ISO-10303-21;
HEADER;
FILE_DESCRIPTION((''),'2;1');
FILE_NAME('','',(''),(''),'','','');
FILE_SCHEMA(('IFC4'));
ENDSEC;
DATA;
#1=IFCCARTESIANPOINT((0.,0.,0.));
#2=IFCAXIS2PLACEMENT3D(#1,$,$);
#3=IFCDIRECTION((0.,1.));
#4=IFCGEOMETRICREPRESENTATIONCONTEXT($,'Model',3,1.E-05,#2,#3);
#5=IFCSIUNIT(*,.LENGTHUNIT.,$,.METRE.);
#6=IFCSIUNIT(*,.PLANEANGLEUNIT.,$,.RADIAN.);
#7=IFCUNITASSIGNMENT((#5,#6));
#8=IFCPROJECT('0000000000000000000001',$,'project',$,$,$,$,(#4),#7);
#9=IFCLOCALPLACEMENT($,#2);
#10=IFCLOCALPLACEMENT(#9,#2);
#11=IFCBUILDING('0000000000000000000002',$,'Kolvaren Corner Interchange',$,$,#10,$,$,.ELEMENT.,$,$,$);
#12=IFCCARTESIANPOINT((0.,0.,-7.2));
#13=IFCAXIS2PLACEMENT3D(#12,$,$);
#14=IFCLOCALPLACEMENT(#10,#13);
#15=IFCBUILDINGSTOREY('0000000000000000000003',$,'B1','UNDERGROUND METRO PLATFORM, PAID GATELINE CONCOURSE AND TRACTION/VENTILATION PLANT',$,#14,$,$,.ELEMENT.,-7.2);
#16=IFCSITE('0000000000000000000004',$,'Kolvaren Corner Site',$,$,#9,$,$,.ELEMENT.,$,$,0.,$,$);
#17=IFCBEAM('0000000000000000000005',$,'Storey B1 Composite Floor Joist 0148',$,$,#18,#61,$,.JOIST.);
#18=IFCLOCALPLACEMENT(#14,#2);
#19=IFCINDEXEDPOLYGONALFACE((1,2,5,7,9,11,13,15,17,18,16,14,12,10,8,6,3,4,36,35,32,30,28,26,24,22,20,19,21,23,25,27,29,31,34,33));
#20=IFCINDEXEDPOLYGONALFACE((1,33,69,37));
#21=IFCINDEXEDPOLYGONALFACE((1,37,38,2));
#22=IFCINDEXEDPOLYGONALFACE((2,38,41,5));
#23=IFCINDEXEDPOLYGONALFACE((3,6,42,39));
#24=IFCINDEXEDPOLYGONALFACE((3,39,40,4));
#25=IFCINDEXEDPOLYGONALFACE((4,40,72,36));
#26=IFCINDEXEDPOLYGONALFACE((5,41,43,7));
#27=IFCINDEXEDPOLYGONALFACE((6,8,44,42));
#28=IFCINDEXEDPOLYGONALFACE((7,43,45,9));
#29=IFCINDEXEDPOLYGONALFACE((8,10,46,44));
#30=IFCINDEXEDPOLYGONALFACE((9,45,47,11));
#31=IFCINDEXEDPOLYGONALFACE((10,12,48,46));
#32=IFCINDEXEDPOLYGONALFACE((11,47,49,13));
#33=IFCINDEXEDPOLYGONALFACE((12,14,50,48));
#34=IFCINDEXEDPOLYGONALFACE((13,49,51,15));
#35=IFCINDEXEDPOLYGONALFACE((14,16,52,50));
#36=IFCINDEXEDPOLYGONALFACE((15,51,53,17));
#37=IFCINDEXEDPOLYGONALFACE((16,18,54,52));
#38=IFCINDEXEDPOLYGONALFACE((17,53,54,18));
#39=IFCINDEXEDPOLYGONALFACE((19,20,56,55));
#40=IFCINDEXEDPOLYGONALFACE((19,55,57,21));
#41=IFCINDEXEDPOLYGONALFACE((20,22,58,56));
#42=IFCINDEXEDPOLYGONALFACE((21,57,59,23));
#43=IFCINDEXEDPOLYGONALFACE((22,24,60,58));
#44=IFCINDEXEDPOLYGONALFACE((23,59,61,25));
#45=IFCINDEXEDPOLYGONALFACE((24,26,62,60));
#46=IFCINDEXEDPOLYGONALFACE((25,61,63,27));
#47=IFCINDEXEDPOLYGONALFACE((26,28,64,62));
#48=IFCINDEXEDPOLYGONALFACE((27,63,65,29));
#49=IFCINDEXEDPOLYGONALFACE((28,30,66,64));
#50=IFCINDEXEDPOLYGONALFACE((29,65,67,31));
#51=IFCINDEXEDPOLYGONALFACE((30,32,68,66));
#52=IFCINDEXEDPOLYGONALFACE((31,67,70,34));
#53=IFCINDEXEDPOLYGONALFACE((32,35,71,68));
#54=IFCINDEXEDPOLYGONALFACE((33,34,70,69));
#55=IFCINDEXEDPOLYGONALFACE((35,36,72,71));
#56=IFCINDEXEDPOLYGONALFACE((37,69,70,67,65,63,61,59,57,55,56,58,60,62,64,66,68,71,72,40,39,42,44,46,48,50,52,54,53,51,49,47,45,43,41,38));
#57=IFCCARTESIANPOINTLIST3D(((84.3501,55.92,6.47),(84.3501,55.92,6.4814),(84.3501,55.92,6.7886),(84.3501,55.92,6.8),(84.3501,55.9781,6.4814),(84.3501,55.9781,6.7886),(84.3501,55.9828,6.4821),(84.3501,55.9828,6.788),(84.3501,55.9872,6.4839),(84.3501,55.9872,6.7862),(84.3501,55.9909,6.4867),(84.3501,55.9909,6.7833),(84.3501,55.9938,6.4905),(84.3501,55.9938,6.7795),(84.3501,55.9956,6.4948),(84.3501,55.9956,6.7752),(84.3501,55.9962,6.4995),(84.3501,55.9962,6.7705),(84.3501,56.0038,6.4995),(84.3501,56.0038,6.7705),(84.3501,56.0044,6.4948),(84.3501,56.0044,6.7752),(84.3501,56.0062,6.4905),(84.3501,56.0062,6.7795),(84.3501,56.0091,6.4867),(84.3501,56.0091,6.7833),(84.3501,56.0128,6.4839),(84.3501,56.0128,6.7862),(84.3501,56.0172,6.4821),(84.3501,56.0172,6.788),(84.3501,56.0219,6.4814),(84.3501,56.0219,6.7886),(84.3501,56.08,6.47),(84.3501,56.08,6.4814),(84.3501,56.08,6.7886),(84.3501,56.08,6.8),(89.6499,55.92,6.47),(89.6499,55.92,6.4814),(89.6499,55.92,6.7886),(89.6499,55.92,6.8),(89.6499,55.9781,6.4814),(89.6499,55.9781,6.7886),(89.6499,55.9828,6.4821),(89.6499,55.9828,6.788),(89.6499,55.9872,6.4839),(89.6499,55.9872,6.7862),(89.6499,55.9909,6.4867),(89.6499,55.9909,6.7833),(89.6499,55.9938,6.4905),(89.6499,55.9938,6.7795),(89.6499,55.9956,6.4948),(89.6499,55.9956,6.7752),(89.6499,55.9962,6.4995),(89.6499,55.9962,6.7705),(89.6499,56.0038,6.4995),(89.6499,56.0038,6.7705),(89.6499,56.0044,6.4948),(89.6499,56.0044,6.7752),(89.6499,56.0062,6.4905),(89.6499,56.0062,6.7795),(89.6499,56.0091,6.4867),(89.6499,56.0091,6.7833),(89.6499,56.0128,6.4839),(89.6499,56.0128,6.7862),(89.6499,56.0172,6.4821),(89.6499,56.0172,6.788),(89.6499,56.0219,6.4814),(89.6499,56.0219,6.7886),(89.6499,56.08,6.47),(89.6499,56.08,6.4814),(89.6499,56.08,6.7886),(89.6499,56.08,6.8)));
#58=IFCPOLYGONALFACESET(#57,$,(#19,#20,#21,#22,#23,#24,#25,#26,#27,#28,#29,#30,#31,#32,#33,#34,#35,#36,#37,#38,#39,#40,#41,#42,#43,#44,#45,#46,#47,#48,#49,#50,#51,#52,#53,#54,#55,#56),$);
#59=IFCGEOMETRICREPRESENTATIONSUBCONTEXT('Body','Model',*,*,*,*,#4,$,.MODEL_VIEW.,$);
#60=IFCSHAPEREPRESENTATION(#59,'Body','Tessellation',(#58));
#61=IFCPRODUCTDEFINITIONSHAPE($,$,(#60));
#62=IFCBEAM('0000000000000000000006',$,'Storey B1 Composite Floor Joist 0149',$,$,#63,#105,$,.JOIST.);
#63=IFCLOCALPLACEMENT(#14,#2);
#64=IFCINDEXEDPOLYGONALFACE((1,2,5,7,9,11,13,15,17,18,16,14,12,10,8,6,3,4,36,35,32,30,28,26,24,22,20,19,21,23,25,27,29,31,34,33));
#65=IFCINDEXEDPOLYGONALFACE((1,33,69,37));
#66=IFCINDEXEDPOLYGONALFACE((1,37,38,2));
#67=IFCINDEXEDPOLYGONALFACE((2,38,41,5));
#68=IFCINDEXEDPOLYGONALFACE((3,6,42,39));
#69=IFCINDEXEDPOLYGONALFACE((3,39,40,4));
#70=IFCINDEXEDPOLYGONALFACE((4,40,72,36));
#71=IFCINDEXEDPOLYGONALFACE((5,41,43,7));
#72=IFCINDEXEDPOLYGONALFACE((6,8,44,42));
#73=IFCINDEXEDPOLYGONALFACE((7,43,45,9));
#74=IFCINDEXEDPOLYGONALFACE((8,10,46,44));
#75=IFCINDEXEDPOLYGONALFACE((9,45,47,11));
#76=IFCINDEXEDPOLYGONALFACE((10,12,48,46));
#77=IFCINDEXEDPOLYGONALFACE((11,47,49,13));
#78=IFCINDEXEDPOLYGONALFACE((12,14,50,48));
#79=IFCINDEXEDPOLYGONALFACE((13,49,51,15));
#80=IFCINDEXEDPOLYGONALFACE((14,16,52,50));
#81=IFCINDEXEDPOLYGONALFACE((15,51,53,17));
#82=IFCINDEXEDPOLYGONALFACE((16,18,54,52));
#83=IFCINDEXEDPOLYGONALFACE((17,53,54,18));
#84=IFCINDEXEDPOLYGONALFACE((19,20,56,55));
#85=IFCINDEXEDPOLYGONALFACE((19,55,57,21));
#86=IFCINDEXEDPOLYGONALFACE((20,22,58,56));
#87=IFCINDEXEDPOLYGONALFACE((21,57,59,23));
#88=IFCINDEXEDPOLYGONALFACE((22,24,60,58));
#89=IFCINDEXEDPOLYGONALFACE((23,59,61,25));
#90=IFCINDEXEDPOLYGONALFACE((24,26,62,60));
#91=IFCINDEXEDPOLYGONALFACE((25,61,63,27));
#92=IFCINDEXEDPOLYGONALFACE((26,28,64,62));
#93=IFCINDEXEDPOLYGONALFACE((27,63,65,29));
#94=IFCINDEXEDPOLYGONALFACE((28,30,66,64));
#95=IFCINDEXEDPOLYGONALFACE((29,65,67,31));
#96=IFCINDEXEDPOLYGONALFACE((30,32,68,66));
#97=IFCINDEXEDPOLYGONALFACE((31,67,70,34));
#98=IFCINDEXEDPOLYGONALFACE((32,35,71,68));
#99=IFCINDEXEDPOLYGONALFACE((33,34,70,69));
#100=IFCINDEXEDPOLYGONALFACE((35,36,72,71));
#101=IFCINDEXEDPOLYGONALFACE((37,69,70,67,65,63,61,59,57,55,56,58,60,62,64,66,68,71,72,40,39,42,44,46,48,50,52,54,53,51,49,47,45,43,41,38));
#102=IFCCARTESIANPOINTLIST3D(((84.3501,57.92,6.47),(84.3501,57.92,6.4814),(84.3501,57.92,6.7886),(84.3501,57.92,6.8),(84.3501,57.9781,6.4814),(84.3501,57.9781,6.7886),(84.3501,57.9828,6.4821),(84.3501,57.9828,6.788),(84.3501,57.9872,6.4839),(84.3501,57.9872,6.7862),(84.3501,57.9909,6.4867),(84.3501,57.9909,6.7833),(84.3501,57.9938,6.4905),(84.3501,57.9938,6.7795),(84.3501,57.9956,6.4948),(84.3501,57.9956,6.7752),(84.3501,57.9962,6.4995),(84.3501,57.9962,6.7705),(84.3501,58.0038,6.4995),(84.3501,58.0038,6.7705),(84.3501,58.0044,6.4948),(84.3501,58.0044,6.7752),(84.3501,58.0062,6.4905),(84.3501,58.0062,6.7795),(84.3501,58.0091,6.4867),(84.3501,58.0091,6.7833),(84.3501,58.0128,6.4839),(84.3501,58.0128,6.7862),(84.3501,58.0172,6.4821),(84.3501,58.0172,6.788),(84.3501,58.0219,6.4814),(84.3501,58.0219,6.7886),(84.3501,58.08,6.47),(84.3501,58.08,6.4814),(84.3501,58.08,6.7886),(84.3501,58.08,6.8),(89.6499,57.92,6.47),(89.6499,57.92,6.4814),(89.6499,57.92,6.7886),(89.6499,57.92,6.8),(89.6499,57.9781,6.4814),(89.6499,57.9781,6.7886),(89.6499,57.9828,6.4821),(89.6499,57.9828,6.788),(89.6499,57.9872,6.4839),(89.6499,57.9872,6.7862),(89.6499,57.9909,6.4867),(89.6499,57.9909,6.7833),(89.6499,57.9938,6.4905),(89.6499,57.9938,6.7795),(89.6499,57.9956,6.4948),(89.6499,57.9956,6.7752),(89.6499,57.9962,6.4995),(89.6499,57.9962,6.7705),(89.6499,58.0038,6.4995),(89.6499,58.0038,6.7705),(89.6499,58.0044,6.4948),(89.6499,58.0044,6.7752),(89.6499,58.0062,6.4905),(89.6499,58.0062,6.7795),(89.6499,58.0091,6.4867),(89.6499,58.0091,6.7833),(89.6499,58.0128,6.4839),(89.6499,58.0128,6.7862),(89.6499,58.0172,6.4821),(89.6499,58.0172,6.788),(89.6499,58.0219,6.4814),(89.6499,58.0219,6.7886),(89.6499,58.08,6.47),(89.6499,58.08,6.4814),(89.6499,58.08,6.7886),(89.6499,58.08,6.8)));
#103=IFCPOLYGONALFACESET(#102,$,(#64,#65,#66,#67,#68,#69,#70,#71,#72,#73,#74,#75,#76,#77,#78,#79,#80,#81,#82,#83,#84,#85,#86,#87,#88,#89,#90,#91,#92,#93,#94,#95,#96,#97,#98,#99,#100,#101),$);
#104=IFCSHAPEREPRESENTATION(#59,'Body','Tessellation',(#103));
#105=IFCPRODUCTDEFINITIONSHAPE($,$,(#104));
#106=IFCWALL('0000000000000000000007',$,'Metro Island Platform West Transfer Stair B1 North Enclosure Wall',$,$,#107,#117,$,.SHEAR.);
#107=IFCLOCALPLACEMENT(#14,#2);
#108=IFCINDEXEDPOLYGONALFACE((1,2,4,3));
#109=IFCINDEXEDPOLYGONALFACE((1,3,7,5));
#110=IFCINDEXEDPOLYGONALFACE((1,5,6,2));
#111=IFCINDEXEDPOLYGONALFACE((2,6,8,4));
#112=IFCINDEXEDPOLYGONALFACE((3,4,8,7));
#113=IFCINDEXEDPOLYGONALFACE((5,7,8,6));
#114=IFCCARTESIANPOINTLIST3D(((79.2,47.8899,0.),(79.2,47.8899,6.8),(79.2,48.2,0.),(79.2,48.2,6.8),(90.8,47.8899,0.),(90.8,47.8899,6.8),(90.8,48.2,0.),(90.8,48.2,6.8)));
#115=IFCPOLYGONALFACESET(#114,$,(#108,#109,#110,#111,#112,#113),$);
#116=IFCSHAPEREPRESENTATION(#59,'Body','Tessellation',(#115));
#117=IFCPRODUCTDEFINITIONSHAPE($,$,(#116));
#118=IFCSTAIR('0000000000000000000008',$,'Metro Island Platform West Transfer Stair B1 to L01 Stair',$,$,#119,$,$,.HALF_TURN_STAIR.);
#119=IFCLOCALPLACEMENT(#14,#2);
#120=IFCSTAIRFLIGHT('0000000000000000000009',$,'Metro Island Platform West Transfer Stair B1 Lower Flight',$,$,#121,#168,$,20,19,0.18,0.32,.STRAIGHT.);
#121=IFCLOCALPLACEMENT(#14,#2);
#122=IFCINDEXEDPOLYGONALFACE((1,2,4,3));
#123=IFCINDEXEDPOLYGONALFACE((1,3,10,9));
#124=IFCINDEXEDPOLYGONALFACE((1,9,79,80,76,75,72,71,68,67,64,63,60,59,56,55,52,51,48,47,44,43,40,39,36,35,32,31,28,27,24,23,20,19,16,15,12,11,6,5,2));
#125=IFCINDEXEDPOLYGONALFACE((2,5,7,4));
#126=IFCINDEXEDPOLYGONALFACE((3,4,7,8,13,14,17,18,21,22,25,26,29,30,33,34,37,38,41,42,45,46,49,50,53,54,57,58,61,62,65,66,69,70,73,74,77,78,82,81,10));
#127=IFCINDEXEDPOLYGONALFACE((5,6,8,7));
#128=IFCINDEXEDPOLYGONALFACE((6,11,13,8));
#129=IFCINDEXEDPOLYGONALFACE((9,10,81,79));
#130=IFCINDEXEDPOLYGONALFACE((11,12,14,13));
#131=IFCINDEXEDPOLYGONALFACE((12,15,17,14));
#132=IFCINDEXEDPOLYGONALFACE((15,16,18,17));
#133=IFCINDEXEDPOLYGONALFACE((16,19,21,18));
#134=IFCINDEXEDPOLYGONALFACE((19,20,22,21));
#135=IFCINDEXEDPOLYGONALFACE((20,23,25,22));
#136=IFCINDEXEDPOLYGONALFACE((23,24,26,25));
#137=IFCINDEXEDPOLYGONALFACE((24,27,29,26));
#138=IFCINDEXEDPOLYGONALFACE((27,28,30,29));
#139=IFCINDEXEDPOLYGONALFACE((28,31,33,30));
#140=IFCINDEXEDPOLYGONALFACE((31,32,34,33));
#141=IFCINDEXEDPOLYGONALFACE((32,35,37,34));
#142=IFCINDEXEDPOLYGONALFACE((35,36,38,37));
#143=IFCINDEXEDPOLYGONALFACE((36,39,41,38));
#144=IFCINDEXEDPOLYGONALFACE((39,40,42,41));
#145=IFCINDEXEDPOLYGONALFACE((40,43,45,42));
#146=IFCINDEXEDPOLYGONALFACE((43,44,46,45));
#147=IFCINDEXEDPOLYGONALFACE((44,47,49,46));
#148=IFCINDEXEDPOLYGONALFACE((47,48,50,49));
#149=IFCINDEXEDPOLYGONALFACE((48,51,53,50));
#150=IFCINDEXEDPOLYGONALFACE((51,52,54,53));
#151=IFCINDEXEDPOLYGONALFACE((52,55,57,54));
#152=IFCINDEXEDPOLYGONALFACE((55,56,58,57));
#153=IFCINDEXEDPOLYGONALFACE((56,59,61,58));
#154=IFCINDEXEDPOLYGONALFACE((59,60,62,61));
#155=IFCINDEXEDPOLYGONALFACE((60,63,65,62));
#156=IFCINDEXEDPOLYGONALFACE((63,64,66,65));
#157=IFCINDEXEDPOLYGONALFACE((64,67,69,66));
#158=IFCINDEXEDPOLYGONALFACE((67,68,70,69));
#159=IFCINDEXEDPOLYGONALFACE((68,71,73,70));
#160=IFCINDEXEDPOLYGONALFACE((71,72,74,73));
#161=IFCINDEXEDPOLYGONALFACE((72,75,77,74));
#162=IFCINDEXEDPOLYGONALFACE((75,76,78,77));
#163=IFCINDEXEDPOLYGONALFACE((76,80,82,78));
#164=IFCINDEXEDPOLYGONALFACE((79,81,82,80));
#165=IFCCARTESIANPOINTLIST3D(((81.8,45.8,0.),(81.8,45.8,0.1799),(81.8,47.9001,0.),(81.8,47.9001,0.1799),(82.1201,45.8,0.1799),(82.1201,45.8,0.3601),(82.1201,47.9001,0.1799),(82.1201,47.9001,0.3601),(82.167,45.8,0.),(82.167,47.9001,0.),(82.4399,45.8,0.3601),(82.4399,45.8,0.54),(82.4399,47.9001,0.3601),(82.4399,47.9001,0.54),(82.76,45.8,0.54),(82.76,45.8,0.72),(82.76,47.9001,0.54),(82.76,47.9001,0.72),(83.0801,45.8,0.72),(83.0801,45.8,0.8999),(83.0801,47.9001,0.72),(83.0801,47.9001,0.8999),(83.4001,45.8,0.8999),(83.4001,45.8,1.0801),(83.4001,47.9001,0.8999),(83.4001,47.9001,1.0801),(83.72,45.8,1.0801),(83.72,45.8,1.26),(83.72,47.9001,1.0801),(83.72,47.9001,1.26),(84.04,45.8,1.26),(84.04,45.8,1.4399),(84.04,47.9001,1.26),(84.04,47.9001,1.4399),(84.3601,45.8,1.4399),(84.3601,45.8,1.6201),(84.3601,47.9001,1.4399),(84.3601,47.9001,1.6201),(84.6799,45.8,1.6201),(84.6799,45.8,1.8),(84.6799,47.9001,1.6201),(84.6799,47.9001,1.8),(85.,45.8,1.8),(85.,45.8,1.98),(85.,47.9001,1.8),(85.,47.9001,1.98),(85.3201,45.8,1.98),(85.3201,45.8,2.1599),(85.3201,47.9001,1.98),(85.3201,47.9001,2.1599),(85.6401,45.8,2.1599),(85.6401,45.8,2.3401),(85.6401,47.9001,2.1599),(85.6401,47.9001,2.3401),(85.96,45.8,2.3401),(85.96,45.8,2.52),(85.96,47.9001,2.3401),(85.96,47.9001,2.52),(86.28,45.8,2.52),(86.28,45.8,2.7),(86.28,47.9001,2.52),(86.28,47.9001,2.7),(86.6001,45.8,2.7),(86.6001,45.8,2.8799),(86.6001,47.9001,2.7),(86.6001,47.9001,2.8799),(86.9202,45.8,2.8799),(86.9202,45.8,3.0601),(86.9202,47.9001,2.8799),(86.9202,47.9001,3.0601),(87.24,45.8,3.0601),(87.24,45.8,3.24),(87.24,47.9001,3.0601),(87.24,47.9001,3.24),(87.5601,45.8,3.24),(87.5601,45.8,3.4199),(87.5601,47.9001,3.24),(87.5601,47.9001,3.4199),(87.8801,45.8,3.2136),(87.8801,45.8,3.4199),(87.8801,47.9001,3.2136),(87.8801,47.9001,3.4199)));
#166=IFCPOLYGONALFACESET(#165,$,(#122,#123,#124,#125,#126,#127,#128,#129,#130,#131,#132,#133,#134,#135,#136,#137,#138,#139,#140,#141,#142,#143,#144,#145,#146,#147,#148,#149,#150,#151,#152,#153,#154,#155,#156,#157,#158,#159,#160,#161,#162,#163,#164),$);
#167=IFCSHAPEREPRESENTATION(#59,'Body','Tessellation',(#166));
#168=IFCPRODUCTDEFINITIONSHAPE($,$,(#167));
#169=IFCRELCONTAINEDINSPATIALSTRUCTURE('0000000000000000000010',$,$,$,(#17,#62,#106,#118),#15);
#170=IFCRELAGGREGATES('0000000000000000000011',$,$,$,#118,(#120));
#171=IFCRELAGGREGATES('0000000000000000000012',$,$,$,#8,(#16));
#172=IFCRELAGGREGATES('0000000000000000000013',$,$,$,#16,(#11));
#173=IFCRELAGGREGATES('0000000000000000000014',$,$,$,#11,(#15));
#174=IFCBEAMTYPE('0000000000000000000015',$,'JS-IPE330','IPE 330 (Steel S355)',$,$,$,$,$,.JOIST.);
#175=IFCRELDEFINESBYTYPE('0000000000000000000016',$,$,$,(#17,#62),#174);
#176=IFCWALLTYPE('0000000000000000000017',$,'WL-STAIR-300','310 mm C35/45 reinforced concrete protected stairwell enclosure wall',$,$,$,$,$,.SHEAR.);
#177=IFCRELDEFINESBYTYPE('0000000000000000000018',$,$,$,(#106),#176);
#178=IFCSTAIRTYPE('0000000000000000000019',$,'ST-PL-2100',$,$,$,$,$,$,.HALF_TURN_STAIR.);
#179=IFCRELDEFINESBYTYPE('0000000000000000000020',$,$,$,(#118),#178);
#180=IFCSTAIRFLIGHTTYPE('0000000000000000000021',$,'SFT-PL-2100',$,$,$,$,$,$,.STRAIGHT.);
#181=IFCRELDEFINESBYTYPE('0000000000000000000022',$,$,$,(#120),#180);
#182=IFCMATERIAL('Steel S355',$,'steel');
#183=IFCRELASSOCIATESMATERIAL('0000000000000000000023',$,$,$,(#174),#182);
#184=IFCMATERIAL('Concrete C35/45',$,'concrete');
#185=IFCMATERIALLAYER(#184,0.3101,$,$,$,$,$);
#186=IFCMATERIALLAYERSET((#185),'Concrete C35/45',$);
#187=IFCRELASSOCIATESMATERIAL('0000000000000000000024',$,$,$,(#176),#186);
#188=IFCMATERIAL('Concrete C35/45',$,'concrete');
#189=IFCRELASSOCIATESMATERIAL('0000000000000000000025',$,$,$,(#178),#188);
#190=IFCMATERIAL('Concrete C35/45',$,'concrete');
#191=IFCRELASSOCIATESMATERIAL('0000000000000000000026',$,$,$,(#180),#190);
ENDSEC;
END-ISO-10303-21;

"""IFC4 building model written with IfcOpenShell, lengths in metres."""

from ifc_helpers import new_model, si_unit, direction, frame, frame_2d, origin, origin_2d, place, context, subcontext, project, spatial, polyline, rectangle, i_section, outline, extrude, material, layer, layer_set, material_profile, profile_set, type_object, element, aggregate, save


model = new_model("IFC4")

# Units and contexts
model_context = context("Model", 3, precision=1e-05, world=origin(), true_north=direction((0.0, 1.0)))
body_context = subcontext(model_context, "Body", "Model", "MODEL_VIEW")
ifc_project = project(units=[si_unit("LENGTHUNIT", "METRE"), si_unit("PLANEANGLEUNIT", "RADIAN")], contexts=[model_context])

# Site, building, storey
site_placement = place(None, origin())
site = spatial("IfcSite", under=ifc_project, at=site_placement, Name="Kolvaren Corner Site", CompositionType="ELEMENT", RefElevation=0.0)
building_placement = place(site_placement, origin())
building = spatial("IfcBuilding", under=site, at=building_placement, Name="Kolvaren Corner Interchange", CompositionType="ELEMENT")
storey_placement = place(building_placement, frame((0.0, 0.0, -7.2)))
storey = spatial("IfcBuildingStorey", under=building, at=storey_placement, Name="B1", Description="UNDERGROUND METRO PLATFORM, PAID GATELINE CONCOURSE AND TRACTION/VENTILATION PLANT", CompositionType="ELEMENT", Elevation=-7.2)

# Beams
ifc_material_1 = material(Name="Steel S355", Category="steel")
ifc_material_profile_1 = material_profile(ifc_material_1, i_section(OverallWidth=0.1599, OverallDepth=0.3301, WebThickness=0.0076, FlangeThickness=0.0115, FilletRadius=0.0181, at=origin_2d()), Name="IPE 330")
ifc_profile_set_1 = profile_set([ifc_material_profile_1], Name="Steel S355")
beam_type_1 = type_object("IfcBeamType", Name="JS-IPE330", Description="IPE 330 (Steel S355)", PredefinedType="JOIST", material=ifc_profile_set_1)
for number, where, z_axis, x_axis, name in (
    (1, (84.3501, 56.0, 6.635), (1.0, 0.0, 0.0), (0.0, 1.0, 0.0), "Storey B1 Composite Floor Joist 0148"),
    (2, (84.3501, 58.0, 6.635), (1.0, 0.0, 0.0), (0.0, 1.0, 0.0), "Storey B1 Composite Floor Joist 0149"),
):
    element("IfcBeam", number, at=place(storey_placement, frame(where, z_axis=z_axis, x_axis=x_axis)), inside=storey, type_object=beam_type_1, Name=name, PredefinedType="JOIST", context=body_context, shape_type="SweptSolid", body=[
        extrude(i_section(OverallWidth=0.1599, OverallDepth=0.3301, WebThickness=0.0076, FlangeThickness=0.0115, FilletRadius=0.0181, at=origin_2d()), origin(), (0.0, 0.0, 1.0), 5.2998),
    ])

# Wall
ifc_material_2 = material(Name="Concrete C35/45", Category="concrete")
ifc_layer = layer(ifc_material_2, 0.3101)
ifc_layer_set = layer_set([ifc_layer], Name="Concrete C35/45")
wall_type = type_object("IfcWallType", Name="WL-STAIR-300", Description="310 mm C35/45 reinforced concrete protected stairwell enclosure wall", PredefinedType="SHEAR", material=ifc_layer_set)
wall_placement = place(storey_placement, frame((79.2, 48.0449, 0.0), z_axis=(0.0, 0.0, 1.0), x_axis=(1.0, 0.0, 0.0)))
element("IfcWall", 3, at=wall_placement, inside=storey, type_object=wall_type, Name="Metro Island Platform West Transfer Stair B1 North Enclosure Wall", PredefinedType="SHEAR", context=body_context, shape_type="SweptSolid", body=[
    extrude(rectangle(XDim=11.6001, YDim=0.3101, at=frame_2d((5.8, 0.0))), origin(), (0.0, 0.0, 1.0), 6.8),
])

# Stair, stair flight
ifc_material_3 = material(Name="Concrete C35/45", Category="concrete")
stair_type = type_object("IfcStairType", Name="ST-PL-2100", PredefinedType="HALF_TURN_STAIR", material=ifc_material_3)
stair_placement = place(storey_placement, origin())
stair = element("IfcStair", 4, at=stair_placement, inside=storey, type_object=stair_type, Name="Metro Island Platform West Transfer Stair B1 to L01 Stair", PredefinedType="HALF_TURN_STAIR")
ifc_material_4 = material(Name="Concrete C35/45", Category="concrete")
stair_flight_type = type_object("IfcStairFlightType", Name="SFT-PL-2100", PredefinedType="STRAIGHT", material=ifc_material_4)
stair_flight_placement = place(storey_placement, frame((81.8, 46.8501, 0.0), z_axis=(0.0, 0.0, 1.0), x_axis=(1.0, 0.0, 0.0)))
stair_flight = element("IfcStairFlight", 5, at=stair_flight_placement, type_object=stair_flight_type, Name="Metro Island Platform West Transfer Stair B1 Lower Flight", NumberOfRisers=20, NumberOfTreads=19, PredefinedType="STRAIGHT", RiserHeight=0.18, TreadLength=0.32, context=body_context, shape_type="SweptSolid", body=[
    extrude(outline(polyline([(0.0, 0.0), (0.0, 0.1799), (0.3201, 0.1799), (0.3201, 0.3601), (0.6399, 0.3601), (0.6399, 0.54), (0.96, 0.54), (0.96, 0.72), (1.28, 0.72), (1.28, 0.8999), (1.6001, 0.8999), (1.6001, 1.0801), (1.9199, 1.0801), (1.9199, 1.26), (2.24, 1.26), (2.24, 1.4399), (2.5601, 1.4399), (2.5601, 1.6201), (2.8799, 1.6201), (2.8799, 1.8), (3.2, 1.8), (3.2, 1.98), (3.52, 1.98), (3.52, 2.1599), (3.8401, 2.1599), (3.8401, 2.3401), (4.1599, 2.3401), (4.1599, 2.52), (4.48, 2.52), (4.48, 2.7), (4.8, 2.7), (4.8, 2.8799), (5.1201, 2.8799), (5.1201, 3.0601), (5.4399, 3.0601), (5.4399, 3.24), (5.76, 3.24), (5.76, 3.4199), (6.0801, 3.4199), (6.0801, 3.6001), (6.0801, 3.2136), (0.3669, 0.0), (0.0, 0.0)])), frame((0.0, 1.05, 0.0), z_axis=(0.0, -1.0, 0.0), x_axis=(1.0, 0.0, 0.0)), (0.0, 0.0, 1.0), 2.1001),
])
aggregate(stair, [stair_flight])

save(model, "model.ifc")
